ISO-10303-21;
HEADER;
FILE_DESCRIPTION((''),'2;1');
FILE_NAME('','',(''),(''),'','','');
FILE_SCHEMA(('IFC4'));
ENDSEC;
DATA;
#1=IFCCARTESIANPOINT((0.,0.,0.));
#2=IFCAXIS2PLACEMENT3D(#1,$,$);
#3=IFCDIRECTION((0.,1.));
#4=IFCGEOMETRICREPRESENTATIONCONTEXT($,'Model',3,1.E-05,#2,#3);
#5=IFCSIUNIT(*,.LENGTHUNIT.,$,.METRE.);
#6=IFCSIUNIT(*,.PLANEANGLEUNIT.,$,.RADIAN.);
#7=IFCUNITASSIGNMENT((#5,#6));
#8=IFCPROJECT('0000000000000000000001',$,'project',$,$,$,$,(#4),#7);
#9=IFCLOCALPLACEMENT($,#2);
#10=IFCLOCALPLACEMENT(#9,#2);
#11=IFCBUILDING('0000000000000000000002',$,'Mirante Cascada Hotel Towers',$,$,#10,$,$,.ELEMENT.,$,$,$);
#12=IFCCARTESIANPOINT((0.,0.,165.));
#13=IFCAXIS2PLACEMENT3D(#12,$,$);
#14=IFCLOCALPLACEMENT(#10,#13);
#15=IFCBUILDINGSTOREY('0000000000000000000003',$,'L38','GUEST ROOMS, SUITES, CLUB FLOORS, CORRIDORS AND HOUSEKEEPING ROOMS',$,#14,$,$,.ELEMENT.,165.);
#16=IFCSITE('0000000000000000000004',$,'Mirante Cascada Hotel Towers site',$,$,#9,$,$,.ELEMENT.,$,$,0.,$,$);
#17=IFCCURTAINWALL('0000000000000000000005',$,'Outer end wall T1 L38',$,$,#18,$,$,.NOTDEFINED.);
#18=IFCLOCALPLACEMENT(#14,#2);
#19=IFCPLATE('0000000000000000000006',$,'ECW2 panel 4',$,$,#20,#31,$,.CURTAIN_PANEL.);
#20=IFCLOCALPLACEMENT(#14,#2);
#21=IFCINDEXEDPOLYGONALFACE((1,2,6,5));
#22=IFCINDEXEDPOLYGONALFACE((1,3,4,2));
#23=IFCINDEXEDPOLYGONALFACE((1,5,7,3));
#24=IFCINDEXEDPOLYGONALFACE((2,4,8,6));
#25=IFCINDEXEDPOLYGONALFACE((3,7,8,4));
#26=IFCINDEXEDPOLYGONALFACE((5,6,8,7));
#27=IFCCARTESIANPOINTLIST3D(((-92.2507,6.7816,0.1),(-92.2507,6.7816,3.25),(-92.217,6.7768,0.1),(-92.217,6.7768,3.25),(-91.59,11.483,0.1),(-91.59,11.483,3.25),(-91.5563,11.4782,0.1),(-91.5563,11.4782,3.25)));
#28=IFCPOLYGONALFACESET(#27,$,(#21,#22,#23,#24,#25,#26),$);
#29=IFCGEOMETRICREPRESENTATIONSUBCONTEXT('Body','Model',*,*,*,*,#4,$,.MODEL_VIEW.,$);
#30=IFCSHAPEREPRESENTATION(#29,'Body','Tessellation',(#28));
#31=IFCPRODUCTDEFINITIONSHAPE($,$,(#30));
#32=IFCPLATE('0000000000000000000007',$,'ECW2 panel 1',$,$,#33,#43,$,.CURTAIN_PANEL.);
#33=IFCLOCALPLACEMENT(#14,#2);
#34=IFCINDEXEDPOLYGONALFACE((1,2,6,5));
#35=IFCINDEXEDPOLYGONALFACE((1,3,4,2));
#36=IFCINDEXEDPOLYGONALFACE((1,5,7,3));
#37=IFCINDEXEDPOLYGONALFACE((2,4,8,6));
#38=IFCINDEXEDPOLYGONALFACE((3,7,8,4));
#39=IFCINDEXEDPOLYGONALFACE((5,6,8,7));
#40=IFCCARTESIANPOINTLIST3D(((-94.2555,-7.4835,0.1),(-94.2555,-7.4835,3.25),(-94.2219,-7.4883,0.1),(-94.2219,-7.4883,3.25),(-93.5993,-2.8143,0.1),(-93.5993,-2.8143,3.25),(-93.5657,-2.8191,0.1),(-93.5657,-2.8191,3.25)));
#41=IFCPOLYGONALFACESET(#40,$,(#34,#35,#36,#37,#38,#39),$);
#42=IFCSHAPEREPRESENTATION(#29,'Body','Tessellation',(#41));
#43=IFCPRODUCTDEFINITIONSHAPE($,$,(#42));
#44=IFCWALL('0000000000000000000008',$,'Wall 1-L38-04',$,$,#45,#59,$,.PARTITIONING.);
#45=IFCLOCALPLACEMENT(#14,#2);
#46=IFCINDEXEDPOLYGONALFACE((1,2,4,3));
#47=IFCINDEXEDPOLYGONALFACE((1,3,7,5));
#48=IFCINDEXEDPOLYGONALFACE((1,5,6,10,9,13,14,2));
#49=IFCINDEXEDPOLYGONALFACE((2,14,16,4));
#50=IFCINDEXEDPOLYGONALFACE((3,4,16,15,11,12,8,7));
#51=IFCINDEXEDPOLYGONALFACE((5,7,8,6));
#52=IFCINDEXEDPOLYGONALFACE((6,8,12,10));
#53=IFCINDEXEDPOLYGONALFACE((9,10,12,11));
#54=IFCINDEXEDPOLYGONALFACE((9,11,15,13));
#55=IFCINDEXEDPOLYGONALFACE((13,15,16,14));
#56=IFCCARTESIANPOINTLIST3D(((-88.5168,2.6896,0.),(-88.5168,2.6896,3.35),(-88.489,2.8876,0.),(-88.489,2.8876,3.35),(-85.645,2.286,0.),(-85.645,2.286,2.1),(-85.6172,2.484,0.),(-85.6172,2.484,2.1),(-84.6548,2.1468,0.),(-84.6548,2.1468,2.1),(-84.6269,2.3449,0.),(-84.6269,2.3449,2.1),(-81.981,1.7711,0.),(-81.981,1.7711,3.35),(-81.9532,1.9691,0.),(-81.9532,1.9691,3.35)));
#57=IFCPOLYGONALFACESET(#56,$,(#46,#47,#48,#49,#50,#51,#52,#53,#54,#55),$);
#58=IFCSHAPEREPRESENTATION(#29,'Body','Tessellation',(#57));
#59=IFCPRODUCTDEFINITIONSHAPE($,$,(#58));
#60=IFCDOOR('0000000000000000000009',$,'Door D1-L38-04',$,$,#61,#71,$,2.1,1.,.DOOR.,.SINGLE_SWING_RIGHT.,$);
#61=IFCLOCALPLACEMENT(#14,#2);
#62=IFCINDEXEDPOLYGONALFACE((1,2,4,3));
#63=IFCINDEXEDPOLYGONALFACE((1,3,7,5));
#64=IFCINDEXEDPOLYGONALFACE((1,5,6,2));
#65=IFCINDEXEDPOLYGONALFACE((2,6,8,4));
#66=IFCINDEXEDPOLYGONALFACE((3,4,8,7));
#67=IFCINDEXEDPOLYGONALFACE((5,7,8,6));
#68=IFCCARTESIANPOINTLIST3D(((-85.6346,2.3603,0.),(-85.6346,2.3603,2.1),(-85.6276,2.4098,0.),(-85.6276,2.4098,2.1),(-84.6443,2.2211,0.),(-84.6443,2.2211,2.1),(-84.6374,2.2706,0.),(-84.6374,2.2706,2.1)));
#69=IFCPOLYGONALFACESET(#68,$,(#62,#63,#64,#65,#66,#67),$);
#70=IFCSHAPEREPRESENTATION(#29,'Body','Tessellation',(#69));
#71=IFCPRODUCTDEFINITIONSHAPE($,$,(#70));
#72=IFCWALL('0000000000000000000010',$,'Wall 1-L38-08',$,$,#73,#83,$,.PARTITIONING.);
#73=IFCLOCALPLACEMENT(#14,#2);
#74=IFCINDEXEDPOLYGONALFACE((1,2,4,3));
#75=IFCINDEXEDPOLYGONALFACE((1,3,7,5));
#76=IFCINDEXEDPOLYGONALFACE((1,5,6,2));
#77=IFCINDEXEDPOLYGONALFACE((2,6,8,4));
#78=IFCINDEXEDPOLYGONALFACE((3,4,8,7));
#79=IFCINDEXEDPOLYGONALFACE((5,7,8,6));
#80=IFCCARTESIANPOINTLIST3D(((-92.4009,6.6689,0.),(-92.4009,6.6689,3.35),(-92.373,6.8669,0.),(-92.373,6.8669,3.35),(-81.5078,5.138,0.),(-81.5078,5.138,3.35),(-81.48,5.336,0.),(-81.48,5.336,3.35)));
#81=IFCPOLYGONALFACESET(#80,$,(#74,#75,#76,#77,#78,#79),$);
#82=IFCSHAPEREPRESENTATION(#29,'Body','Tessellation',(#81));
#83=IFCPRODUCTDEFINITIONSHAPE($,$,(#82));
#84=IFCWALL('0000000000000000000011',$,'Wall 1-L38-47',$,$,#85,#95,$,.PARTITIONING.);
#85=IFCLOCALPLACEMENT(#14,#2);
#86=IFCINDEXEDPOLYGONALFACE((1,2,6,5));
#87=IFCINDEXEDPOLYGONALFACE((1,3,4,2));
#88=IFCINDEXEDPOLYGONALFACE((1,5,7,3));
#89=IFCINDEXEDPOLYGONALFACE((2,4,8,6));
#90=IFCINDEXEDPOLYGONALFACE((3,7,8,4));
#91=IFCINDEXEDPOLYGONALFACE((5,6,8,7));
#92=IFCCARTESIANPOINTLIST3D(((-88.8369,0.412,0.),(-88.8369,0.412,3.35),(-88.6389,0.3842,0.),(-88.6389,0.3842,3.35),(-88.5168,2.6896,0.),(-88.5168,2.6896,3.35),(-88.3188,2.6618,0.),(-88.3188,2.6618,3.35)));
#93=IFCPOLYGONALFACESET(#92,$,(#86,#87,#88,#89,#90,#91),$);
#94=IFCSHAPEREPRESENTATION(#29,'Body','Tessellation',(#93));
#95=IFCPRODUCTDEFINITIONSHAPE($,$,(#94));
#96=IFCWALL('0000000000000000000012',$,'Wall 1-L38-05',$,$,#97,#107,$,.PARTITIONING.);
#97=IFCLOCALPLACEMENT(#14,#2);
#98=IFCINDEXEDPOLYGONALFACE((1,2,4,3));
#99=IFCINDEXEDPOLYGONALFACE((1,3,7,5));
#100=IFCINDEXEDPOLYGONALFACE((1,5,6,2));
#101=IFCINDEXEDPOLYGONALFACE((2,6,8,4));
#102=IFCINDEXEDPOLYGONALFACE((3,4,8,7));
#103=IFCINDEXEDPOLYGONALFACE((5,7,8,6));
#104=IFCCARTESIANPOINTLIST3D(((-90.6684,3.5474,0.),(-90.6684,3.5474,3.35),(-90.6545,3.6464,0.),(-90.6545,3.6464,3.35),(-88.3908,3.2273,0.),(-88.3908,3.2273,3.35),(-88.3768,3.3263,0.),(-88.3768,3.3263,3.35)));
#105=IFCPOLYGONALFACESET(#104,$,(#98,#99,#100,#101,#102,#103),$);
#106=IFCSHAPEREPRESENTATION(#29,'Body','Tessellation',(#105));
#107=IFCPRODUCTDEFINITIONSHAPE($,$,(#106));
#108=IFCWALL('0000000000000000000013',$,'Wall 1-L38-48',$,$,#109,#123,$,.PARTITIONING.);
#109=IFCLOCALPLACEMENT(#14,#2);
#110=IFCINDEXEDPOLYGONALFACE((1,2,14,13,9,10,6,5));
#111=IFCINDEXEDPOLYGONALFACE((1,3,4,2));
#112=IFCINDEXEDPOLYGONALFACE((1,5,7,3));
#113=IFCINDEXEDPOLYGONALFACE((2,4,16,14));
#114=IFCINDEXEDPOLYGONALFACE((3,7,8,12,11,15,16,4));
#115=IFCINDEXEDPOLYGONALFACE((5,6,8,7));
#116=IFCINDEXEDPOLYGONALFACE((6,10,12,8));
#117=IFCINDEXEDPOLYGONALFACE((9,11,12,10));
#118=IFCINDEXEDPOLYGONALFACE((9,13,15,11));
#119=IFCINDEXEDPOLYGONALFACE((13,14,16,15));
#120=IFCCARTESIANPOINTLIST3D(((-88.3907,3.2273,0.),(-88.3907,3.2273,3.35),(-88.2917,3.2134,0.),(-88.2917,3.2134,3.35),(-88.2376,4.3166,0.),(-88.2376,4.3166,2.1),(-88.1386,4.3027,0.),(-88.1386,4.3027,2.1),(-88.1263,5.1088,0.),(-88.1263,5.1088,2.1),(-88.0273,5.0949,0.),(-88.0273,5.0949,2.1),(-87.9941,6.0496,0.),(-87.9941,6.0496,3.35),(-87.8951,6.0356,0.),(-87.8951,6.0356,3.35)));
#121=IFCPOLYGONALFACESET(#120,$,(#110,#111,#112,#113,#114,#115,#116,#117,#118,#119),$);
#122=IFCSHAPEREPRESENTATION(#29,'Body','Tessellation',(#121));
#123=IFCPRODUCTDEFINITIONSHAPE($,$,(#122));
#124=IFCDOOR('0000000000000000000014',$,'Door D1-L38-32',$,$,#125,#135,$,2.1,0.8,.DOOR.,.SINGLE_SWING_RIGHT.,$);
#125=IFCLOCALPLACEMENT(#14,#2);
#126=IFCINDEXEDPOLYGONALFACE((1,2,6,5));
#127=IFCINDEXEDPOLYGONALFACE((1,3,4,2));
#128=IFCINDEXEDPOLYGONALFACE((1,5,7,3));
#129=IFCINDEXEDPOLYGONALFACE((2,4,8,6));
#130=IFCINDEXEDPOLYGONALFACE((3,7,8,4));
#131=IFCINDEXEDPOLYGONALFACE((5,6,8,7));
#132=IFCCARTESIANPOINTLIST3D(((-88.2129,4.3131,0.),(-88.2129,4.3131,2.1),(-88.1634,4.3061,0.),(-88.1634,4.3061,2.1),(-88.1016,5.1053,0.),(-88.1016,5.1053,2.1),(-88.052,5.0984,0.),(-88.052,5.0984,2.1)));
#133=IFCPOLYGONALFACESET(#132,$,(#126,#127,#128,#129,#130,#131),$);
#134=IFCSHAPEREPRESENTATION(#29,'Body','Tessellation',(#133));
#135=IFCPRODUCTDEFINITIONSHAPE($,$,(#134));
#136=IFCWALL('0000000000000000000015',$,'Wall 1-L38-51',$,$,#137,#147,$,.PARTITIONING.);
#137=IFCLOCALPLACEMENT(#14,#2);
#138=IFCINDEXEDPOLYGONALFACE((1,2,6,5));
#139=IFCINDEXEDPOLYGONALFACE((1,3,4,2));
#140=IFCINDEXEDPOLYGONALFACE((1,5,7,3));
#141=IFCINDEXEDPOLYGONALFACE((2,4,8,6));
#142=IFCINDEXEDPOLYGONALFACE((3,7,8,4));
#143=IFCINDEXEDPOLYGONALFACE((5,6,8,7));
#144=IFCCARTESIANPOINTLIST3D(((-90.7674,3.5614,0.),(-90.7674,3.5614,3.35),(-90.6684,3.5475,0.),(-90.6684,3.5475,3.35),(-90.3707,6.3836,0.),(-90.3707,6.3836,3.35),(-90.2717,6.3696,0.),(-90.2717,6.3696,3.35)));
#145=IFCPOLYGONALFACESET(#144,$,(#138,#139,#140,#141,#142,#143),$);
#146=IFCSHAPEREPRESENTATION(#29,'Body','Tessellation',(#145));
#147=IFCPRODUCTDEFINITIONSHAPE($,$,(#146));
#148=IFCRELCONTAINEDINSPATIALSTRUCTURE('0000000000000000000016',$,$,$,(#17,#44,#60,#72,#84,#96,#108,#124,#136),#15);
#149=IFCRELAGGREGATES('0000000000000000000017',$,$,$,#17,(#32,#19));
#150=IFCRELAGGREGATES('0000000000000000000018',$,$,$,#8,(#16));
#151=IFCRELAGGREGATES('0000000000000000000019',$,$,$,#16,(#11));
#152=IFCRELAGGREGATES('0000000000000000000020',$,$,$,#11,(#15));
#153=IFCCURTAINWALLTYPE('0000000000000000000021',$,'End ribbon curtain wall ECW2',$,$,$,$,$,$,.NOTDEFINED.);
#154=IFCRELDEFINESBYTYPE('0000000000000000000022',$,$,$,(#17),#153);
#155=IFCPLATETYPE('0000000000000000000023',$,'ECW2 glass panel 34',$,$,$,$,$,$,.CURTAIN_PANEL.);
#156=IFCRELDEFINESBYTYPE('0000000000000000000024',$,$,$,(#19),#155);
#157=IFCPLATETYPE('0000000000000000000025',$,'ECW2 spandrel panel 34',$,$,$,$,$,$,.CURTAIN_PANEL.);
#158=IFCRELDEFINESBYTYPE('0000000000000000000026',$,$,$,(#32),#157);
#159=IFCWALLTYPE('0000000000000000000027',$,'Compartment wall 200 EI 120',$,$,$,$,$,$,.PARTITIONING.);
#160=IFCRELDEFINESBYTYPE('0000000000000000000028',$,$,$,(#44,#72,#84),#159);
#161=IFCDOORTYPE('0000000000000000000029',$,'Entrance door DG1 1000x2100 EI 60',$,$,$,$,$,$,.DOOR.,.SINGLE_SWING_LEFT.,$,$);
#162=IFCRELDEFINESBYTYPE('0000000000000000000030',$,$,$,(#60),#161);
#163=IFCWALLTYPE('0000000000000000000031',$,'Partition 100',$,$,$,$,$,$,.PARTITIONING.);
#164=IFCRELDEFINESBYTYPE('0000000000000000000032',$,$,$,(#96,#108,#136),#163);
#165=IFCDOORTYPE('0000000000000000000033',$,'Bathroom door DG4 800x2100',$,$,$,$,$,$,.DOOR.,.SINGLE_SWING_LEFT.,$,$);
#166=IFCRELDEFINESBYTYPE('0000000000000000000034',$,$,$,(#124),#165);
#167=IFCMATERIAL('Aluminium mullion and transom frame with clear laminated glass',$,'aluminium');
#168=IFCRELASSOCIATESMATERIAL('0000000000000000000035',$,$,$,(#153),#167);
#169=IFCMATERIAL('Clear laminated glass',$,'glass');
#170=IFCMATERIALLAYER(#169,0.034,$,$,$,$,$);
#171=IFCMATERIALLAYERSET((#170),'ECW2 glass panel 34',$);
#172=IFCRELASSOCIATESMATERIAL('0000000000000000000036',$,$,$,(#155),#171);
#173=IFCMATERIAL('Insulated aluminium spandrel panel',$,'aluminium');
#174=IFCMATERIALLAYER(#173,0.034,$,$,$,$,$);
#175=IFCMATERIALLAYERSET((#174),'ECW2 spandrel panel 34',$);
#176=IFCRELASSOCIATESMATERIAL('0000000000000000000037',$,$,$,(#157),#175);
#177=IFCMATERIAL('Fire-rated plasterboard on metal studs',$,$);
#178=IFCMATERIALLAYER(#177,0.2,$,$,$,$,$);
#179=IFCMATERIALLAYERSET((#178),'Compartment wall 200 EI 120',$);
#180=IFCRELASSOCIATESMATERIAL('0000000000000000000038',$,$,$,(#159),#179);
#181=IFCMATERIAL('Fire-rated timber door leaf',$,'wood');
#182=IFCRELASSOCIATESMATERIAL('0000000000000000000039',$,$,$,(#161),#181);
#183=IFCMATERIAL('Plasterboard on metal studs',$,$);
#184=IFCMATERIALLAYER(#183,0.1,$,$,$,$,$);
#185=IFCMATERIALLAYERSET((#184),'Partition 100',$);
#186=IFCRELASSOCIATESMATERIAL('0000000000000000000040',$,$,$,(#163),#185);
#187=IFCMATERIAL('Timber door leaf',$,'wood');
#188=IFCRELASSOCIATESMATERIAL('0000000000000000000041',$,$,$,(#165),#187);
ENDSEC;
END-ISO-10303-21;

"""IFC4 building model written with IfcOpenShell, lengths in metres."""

from ifc_helpers import new_model, si_unit, direction, frame, frame_2d, origin, origin_2d, place, context, subcontext, project, spatial, rectangle, extrude, material, layer, layer_set, type_object, element, fill, aggregate, save


model = new_model("IFC4")

# Units and contexts
model_context = context("Model", 3, precision=1e-05, world=origin(), true_north=direction((0.0, 1.0)))
body_context = subcontext(model_context, "Body", "Model", "MODEL_VIEW")
ifc_project = project(units=[si_unit("LENGTHUNIT", "METRE"), si_unit("PLANEANGLEUNIT", "RADIAN")], contexts=[model_context])

# Site, building, storey
site_placement = place(None, origin())
site = spatial("IfcSite", under=ifc_project, at=site_placement, Name="Mirante Cascada Hotel Towers site", CompositionType="ELEMENT", RefElevation=0.0)
building_placement = place(site_placement, origin())
building = spatial("IfcBuilding", under=site, at=building_placement, Name="Mirante Cascada Hotel Towers", CompositionType="ELEMENT")
storey_placement = place(building_placement, frame((0.0, 0.0, 165.0)))
storey = spatial("IfcBuildingStorey", under=building, at=storey_placement, Name="L38", Description="GUEST ROOMS, SUITES, CLUB FLOORS, CORRIDORS AND HOUSEKEEPING ROOMS", CompositionType="ELEMENT", Elevation=165.0)

# Curtain wall, plates
ifc_material_1 = material(Name="Aluminium mullion and transom frame with clear laminated glass", Category="aluminium")
curtain_wall_type = type_object("IfcCurtainWallType", Name="End ribbon curtain wall ECW2", PredefinedType="NOTDEFINED", material=ifc_material_1)
curtain_wall_placement = place(storey_placement, origin())
curtain_wall = element("IfcCurtainWall", 1, at=curtain_wall_placement, inside=storey, type_object=curtain_wall_type, Name="Outer end wall T1 L38", PredefinedType="NOTDEFINED")
ifc_material_2 = material(Name="Clear laminated glass", Category="glass")
ifc_layer_1 = layer(ifc_material_2, 0.034)
ifc_layer_set_1 = layer_set([ifc_layer_1], Name="ECW2 glass panel 34")
plate_type_1 = type_object("IfcPlateType", Name="ECW2 glass panel 34", PredefinedType="CURTAIN_PANEL", material=ifc_layer_set_1)
plate_1_placement = place(storey_placement, frame((-91.9035, 9.1299, 0.1), z_axis=(0.0, 0.0, 1.0), x_axis=(0.139173, 0.990268, 0.0)))
plate_1 = element("IfcPlate", 2, at=plate_1_placement, type_object=plate_type_1, Name="ECW2 panel 4", PredefinedType="CURTAIN_PANEL", context=body_context, shape_type="SweptSolid", body=[
    extrude(rectangle(XDim=4.7476, YDim=0.034, at=origin_2d()), origin(), (0.0, 0.0, 1.0), 3.15),
])
ifc_material_3 = material(Name="Insulated aluminium spandrel panel", Category="aluminium")
ifc_layer_2 = layer(ifc_material_3, 0.034)
ifc_layer_set_2 = layer_set([ifc_layer_2], Name="ECW2 spandrel panel 34")
plate_type_2 = type_object("IfcPlateType", Name="ECW2 spandrel panel 34", PredefinedType="CURTAIN_PANEL", material=ifc_layer_set_2)
plate_2_placement = place(storey_placement, frame((-93.9106, -5.1513, 0.1), z_axis=(0.0, 0.0, 1.0), x_axis=(0.139173, 0.990268, 0.0)))
plate_2 = element("IfcPlate", 3, at=plate_2_placement, type_object=plate_type_2, Name="ECW2 panel 1", PredefinedType="CURTAIN_PANEL", context=body_context, shape_type="SweptSolid", body=[
    extrude(rectangle(XDim=4.7151, YDim=0.034, at=origin_2d()), origin(), (0.0, 0.0, 1.0), 3.15),
])
aggregate(curtain_wall, [plate_2, plate_1])

# Wall, opening, door
ifc_material_4 = material(Name="Fire-rated plasterboard on metal studs")
ifc_layer_3 = layer(ifc_material_4, 0.2)
ifc_layer_set_3 = layer_set([ifc_layer_3], Name="Compartment wall 200 EI 120")
wall_type_1 = type_object("IfcWallType", Name="Compartment wall 200 EI 120", PredefinedType="PARTITIONING", material=ifc_layer_set_3)
wall_1_placement = place(storey_placement, frame((-88.5029, 2.7886, 0.0), z_axis=(0.0, 0.0, 1.0), x_axis=(0.990269, -0.139166, 0.0)))
wall_1 = element("IfcWall", 4, at=wall_1_placement, inside=storey, type_object=wall_type_1, Name="Wall 1-L38-04", PredefinedType="PARTITIONING", context=body_context, shape_type="SweptSolid", body=[
    extrude(rectangle(XDim=6.6, YDim=0.2, at=frame_2d((3.3, 0.0))), origin(), (0.0, 0.0, 1.0), 3.35),
])
opening_1_placement = place(wall_1_placement, frame((2.9, 0.0, 0.0)))
opening_1 = element("IfcOpeningElement", 5, at=opening_1_placement, cuts=wall_1, PredefinedType="OPENING", context=body_context, shape_type="SweptSolid", body=[
    extrude(rectangle(XDim=1.0, YDim=2.1, at=frame_2d((0.5, 1.05))), frame((0.0, 0.1, 0.0), z_axis=(0.0, -1.0, 0.0), x_axis=(1.0, 0.0, 0.0)), (0.0, 0.0, 1.0), 0.2),
])
ifc_material_5 = material(Name="Fire-rated timber door leaf", Category="wood")
door_type_1 = type_object("IfcDoorType", Name="Entrance door DG1 1000x2100 EI 60", OperationType="SINGLE_SWING_LEFT", PredefinedType="DOOR", material=ifc_material_5)
door_1_placement = place(opening_1_placement, frame((1.0, 0.0, 0.0), z_axis=(0.0, 0.0, 1.0), x_axis=(-1.0, 0.0, 0.0)))
door_1 = element("IfcDoor", 6, at=door_1_placement, inside=storey, type_object=door_type_1, Name="Door D1-L38-04", OperationType="SINGLE_SWING_RIGHT", OverallHeight=2.1, OverallWidth=1.0, PredefinedType="DOOR", context=body_context, shape_type="SweptSolid", body=[
    extrude(rectangle(XDim=1.0, YDim=2.1, at=frame_2d((0.5, 1.05))), frame((0.0, 0.025, 0.0), z_axis=(0.0, -1.0, 0.0), x_axis=(1.0, 0.0, 0.0)), (0.0, 0.0, 1.0), 0.05),
])
fill(opening_1, door_1)

# Walls
wall_2_placement = place(storey_placement, frame((-92.3869, 6.7679, 0.0), z_axis=(0.0, 0.0, 1.0), x_axis=(0.990268, -0.139172, 0.0)))
element("IfcWall", 7, at=wall_2_placement, inside=storey, type_object=wall_type_1, Name="Wall 1-L38-08", PredefinedType="PARTITIONING", context=body_context, shape_type="SweptSolid", body=[
    extrude(rectangle(XDim=11.0001, YDim=0.2, at=frame_2d((5.5, 0.0))), origin(), (0.0, 0.0, 1.0), 3.35),
])
wall_3_placement = place(storey_placement, frame((-88.7379, 0.3981, 0.0), z_axis=(0.0, 0.0, 1.0), x_axis=(0.139175, 0.990268, 0.0)))
element("IfcWall", 8, at=wall_3_placement, inside=storey, type_object=wall_type_1, Name="Wall 1-L38-47", PredefinedType="PARTITIONING", context=body_context, shape_type="SweptSolid", body=[
    extrude(rectangle(XDim=2.3, YDim=0.2, at=frame_2d((1.15, 0.0))), origin(), (0.0, 0.0, 1.0), 3.35),
])
ifc_material_6 = material(Name="Plasterboard on metal studs")
ifc_layer_4 = layer(ifc_material_6, 0.1)
ifc_layer_set_4 = layer_set([ifc_layer_4], Name="Partition 100")
wall_type_2 = type_object("IfcWallType", Name="Partition 100", PredefinedType="PARTITIONING", material=ifc_layer_set_4)
wall_4_placement = place(storey_placement, frame((-88.3838, 3.2768, 0.0), z_axis=(0.0, 0.0, 1.0), x_axis=(-0.990268, 0.139175, 0.0)))
element("IfcWall", 9, at=wall_4_placement, inside=storey, type_object=wall_type_2, Name="Wall 1-L38-05", PredefinedType="PARTITIONING", context=body_context, shape_type="SweptSolid", body=[
    extrude(rectangle(XDim=2.3, YDim=0.1, at=frame_2d((1.15, 0.0))), origin(), (0.0, 0.0, 1.0), 3.35),
])

# Wall, opening, door
wall_5_placement = place(storey_placement, frame((-87.9446, 6.0426, 0.0), z_axis=(0.0, 0.0, 1.0), x_axis=(-0.139156, -0.99027, 0.0)))
wall_5 = element("IfcWall", 10, at=wall_5_placement, inside=storey, type_object=wall_type_2, Name="Wall 1-L38-48", PredefinedType="PARTITIONING", context=body_context, shape_type="SweptSolid", body=[
    extrude(rectangle(XDim=2.85, YDim=0.1, at=frame_2d((1.425, 0.0))), origin(), (0.0, 0.0, 1.0), 3.35),
])
opening_2_placement = place(wall_5_placement, frame((0.95, 0.0, 0.0)))
opening_2 = element("IfcOpeningElement", 11, at=opening_2_placement, cuts=wall_5, PredefinedType="OPENING", context=body_context, shape_type="SweptSolid", body=[
    extrude(rectangle(XDim=0.8, YDim=2.1, at=frame_2d((0.4, 1.05))), frame((0.0, 0.05, 0.0), z_axis=(0.0, -1.0, 0.0), x_axis=(1.0, 0.0, 0.0)), (0.0, 0.0, 1.0), 0.1),
])
ifc_material_7 = material(Name="Timber door leaf", Category="wood")
door_type_2 = type_object("IfcDoorType", Name="Bathroom door DG4 800x2100", OperationType="SINGLE_SWING_LEFT", PredefinedType="DOOR", material=ifc_material_7)
door_2_placement = place(opening_2_placement, frame((0.8, 0.0, 0.0), z_axis=(0.0, 0.0, 1.0), x_axis=(-1.0, 0.0, 0.0)))
door_2 = element("IfcDoor", 12, at=door_2_placement, inside=storey, type_object=door_type_2, Name="Door D1-L38-32", OperationType="SINGLE_SWING_RIGHT", OverallHeight=2.1, OverallWidth=0.8, PredefinedType="DOOR", context=body_context, shape_type="SweptSolid", body=[
    extrude(rectangle(XDim=0.8, YDim=2.1, at=frame_2d((0.4, 1.05))), frame((0.0, 0.025, 0.0), z_axis=(0.0, -1.0, 0.0), x_axis=(1.0, 0.0, 0.0)), (0.0, 0.0, 1.0), 0.05),
])
fill(opening_2, door_2)

# Wall
wall_6_placement = place(storey_placement, frame((-90.7179, 3.5544, 0.0), z_axis=(0.0, 0.0, 1.0), x_axis=(0.139196, 0.990265, 0.0)))
element("IfcWall", 13, at=wall_6_placement, inside=storey, type_object=wall_type_2, Name="Wall 1-L38-51", PredefinedType="PARTITIONING", context=body_context, shape_type="SweptSolid", body=[
    extrude(rectangle(XDim=2.8499, YDim=0.1, at=frame_2d((1.425, 0.0))), origin(), (0.0, 0.0, 1.0), 3.35),
])

save(model, "model.ifc")
